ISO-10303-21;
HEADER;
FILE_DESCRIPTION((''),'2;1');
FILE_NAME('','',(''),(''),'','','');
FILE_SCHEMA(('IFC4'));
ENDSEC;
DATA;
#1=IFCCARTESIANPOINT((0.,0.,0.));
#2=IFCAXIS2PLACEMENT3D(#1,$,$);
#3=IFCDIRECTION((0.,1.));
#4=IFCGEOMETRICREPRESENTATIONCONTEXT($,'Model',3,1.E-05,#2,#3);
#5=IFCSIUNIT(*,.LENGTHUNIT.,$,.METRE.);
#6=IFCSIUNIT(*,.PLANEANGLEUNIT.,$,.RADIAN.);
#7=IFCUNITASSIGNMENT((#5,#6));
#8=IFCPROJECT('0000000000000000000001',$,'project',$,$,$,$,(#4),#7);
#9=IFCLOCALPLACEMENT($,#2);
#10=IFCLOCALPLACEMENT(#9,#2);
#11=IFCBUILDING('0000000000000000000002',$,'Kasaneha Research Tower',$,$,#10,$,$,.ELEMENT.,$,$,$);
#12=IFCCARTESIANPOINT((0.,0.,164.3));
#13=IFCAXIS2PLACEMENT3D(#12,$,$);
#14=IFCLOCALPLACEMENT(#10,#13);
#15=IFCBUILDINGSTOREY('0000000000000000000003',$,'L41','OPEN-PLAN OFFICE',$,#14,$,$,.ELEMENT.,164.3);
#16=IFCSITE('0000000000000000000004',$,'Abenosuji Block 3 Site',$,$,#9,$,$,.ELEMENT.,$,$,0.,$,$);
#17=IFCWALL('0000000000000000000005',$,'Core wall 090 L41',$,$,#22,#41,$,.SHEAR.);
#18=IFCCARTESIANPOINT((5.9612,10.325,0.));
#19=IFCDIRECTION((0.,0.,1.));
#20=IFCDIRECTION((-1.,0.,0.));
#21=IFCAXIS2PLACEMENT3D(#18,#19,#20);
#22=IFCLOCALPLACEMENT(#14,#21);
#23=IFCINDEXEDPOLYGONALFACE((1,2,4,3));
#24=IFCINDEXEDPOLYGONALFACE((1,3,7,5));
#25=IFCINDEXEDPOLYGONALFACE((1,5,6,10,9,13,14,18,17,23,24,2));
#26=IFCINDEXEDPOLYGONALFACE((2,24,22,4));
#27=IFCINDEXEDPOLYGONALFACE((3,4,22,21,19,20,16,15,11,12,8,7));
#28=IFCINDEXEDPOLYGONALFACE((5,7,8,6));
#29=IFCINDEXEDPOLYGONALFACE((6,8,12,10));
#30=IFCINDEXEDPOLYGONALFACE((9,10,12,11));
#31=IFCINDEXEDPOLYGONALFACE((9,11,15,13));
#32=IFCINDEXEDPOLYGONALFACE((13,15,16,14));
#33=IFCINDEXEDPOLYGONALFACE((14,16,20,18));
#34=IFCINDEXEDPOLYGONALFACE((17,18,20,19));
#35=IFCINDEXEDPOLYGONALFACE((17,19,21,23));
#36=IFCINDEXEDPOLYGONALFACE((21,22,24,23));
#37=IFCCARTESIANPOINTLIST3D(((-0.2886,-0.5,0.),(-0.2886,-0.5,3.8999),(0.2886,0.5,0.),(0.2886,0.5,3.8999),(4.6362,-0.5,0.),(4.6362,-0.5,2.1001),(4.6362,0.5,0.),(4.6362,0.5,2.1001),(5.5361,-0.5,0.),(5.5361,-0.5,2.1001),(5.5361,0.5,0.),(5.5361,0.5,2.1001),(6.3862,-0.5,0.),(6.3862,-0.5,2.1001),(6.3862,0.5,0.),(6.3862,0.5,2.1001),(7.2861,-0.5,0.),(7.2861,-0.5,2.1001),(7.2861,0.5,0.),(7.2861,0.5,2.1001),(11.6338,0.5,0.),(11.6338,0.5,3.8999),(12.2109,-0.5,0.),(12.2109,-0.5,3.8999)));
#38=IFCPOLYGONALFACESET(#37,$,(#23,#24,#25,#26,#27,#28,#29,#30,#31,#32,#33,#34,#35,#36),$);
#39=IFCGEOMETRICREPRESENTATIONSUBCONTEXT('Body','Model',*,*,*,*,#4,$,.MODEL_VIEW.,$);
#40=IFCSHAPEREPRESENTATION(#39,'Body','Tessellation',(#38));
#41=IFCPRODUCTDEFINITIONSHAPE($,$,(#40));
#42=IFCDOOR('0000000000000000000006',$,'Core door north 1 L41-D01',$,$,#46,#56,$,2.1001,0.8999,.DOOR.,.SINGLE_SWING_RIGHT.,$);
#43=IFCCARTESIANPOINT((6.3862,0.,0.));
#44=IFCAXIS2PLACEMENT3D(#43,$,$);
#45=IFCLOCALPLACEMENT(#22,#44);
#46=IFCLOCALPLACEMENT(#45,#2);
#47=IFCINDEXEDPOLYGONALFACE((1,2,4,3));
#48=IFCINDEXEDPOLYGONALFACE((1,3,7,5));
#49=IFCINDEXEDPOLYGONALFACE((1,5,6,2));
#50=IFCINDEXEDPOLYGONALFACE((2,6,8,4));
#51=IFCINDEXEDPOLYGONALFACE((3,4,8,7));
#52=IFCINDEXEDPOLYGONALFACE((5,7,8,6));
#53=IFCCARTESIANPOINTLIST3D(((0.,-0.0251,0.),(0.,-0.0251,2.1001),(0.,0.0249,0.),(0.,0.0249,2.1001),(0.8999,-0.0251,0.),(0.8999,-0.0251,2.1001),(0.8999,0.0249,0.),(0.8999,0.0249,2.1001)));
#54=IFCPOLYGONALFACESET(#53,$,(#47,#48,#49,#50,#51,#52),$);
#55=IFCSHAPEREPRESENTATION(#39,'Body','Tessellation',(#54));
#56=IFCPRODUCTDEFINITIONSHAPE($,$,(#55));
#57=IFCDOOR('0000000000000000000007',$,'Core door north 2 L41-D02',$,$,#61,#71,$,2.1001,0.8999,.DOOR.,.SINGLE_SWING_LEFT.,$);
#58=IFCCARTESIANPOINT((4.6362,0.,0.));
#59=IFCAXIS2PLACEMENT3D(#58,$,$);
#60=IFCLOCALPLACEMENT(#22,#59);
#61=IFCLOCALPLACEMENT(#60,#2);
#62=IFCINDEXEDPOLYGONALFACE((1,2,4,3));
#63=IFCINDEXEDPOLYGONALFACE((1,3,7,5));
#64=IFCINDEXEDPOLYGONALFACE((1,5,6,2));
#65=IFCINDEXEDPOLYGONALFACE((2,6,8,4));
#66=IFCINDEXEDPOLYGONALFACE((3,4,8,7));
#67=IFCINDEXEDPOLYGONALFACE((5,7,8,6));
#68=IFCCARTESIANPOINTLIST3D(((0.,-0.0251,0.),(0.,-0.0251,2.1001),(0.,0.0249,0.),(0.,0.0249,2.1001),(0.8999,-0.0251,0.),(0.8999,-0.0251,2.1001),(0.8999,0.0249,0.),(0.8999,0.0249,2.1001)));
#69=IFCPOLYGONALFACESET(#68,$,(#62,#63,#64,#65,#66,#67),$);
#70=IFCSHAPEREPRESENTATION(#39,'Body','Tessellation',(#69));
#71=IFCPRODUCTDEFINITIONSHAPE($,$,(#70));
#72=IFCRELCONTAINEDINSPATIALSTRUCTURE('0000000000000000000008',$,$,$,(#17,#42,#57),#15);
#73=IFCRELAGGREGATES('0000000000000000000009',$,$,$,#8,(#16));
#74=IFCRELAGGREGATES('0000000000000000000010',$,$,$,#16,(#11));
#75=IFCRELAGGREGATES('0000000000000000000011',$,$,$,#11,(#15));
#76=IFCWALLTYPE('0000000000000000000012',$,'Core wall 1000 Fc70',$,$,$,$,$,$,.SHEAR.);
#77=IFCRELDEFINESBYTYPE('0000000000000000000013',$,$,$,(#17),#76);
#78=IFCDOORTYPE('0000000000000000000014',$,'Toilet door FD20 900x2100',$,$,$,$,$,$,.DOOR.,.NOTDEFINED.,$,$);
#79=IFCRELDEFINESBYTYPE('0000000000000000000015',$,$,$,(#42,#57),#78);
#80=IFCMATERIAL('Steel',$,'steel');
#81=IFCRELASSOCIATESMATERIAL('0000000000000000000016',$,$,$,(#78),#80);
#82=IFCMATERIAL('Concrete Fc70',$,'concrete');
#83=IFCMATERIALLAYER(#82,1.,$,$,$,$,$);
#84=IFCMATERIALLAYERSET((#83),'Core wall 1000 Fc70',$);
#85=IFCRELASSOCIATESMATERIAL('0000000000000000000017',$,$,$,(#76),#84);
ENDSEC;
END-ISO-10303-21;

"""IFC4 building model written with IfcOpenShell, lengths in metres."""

from ifc_helpers import new_model, si_unit, direction, frame, frame_2d, origin, place, context, subcontext, project, spatial, polyline, rectangle, outline, extrude, material, layer, layer_set, type_object, element, fill, save


model = new_model("IFC4")

# Units and contexts
model_context = context("Model", 3, precision=1e-05, world=origin(), true_north=direction((0.0, 1.0)))
body_context = subcontext(model_context, "Body", "Model", "MODEL_VIEW")
ifc_project = project(units=[si_unit("LENGTHUNIT", "METRE"), si_unit("PLANEANGLEUNIT", "RADIAN")], contexts=[model_context])

# Site, building, storey
site_placement = place(None, origin())
site = spatial("IfcSite", under=ifc_project, at=site_placement, Name="Abenosuji Block 3 Site", CompositionType="ELEMENT", RefElevation=0.0)
building_placement = place(site_placement, origin())
building = spatial("IfcBuilding", under=site, at=building_placement, Name="Kasaneha Research Tower", CompositionType="ELEMENT")
storey_placement = place(building_placement, frame((0.0, 0.0, 164.3)))
storey = spatial("IfcBuildingStorey", under=building, at=storey_placement, Name="L41", Description="OPEN-PLAN OFFICE", CompositionType="ELEMENT", Elevation=164.3)

# Shared definitions
ifc_material_1 = material(Name="Steel", Category="steel")
door_type_1 = type_object("IfcDoorType", Name="Toilet door FD20 900x2100", OperationType="NOTDEFINED", PredefinedType="DOOR", material=ifc_material_1)

# Wall, openings, doors
ifc_material_2 = material(Name="Concrete Fc70", Category="concrete")
ifc_layer_1 = layer(ifc_material_2, 1.0)
ifc_layer_set_1 = layer_set([ifc_layer_1], Name="Core wall 1000 Fc70")
wall_type_1 = type_object("IfcWallType", Name="Core wall 1000 Fc70", PredefinedType="SHEAR", material=ifc_layer_set_1)
wall_1_placement = place(storey_placement, frame((5.9612, 10.325, 0.0), z_axis=(0.0, 0.0, 1.0), x_axis=(-1.0, 0.0, 0.0)))
wall_1 = element("IfcWall", 1, at=wall_1_placement, inside=storey, type_object=wall_type_1, Name="Core wall 090 L41", PredefinedType="SHEAR", context=body_context, shape_type="SweptSolid", body=[
    extrude(outline(polyline([(-0.2886, -0.5), (4.6362, -0.5), (5.5361, -0.5), (6.3862, -0.5), (7.2861, -0.5), (12.2109, -0.5), (11.6338, 0.5), (7.2861, 0.5), (6.3862, 0.5), (5.5361, 0.5), (4.6362, 0.5), (0.2886, 0.5), (-0.2886, -0.5)])), origin(), (0.0, 0.0, 1.0), 3.8999),
])
opening_1_placement = place(wall_1_placement, frame((6.3862, 0.0, 0.0)))
opening_1 = element("IfcOpeningElement", 2, at=opening_1_placement, cuts=wall_1, PredefinedType="OPENING", context=body_context, shape_type="SweptSolid", body=[
    extrude(rectangle(XDim=0.8999, YDim=2.1001, at=frame_2d((0.45, 1.05))), frame((0.0, 0.51, 0.0), z_axis=(0.0, -1.0, 0.0), x_axis=(1.0, 0.0, 0.0)), (0.0, 0.0, 1.0), 1.02),
])
opening_2_placement = place(wall_1_placement, frame((4.6362, 0.0, 0.0)))
opening_2 = element("IfcOpeningElement", 3, at=opening_2_placement, cuts=wall_1, PredefinedType="OPENING", context=body_context, shape_type="SweptSolid", body=[
    extrude(rectangle(XDim=0.8999, YDim=2.1001, at=frame_2d((0.45, 1.05))), frame((0.0, 0.51, 0.0), z_axis=(0.0, -1.0, 0.0), x_axis=(1.0, 0.0, 0.0)), (0.0, 0.0, 1.0), 1.02),
])
door_1_placement = place(opening_1_placement, origin())
door_1 = element("IfcDoor", 4, at=door_1_placement, inside=storey, type_object=door_type_1, Name="Core door north 1 L41-D01", OperationType="SINGLE_SWING_RIGHT", OverallHeight=2.1001, OverallWidth=0.8999, PredefinedType="DOOR", context=body_context, shape_type="SweptSolid", body=[
    extrude(rectangle(XDim=0.8999, YDim=2.1001, at=frame_2d((0.45, 1.05))), frame((0.0, 0.0249, 0.0), z_axis=(0.0, -1.0, 0.0), x_axis=(1.0, 0.0, 0.0)), (0.0, 0.0, 1.0), 0.05),
])
fill(opening_1, door_1)
door_2_placement = place(opening_2_placement, origin())
door_2 = element("IfcDoor", 5, at=door_2_placement, inside=storey, type_object=door_type_1, Name="Core door north 2 L41-D02", OperationType="SINGLE_SWING_LEFT", OverallHeight=2.1001, OverallWidth=0.8999, PredefinedType="DOOR", context=body_context, shape_type="SweptSolid", body=[
    extrude(rectangle(XDim=0.8999, YDim=2.1001, at=frame_2d((0.45, 1.05))), frame((0.0, 0.0249, 0.0), z_axis=(0.0, -1.0, 0.0), x_axis=(1.0, 0.0, 0.0)), (0.0, 0.0, 1.0), 0.05),
])
fill(opening_2, door_2)

save(model, "model.ifc")
